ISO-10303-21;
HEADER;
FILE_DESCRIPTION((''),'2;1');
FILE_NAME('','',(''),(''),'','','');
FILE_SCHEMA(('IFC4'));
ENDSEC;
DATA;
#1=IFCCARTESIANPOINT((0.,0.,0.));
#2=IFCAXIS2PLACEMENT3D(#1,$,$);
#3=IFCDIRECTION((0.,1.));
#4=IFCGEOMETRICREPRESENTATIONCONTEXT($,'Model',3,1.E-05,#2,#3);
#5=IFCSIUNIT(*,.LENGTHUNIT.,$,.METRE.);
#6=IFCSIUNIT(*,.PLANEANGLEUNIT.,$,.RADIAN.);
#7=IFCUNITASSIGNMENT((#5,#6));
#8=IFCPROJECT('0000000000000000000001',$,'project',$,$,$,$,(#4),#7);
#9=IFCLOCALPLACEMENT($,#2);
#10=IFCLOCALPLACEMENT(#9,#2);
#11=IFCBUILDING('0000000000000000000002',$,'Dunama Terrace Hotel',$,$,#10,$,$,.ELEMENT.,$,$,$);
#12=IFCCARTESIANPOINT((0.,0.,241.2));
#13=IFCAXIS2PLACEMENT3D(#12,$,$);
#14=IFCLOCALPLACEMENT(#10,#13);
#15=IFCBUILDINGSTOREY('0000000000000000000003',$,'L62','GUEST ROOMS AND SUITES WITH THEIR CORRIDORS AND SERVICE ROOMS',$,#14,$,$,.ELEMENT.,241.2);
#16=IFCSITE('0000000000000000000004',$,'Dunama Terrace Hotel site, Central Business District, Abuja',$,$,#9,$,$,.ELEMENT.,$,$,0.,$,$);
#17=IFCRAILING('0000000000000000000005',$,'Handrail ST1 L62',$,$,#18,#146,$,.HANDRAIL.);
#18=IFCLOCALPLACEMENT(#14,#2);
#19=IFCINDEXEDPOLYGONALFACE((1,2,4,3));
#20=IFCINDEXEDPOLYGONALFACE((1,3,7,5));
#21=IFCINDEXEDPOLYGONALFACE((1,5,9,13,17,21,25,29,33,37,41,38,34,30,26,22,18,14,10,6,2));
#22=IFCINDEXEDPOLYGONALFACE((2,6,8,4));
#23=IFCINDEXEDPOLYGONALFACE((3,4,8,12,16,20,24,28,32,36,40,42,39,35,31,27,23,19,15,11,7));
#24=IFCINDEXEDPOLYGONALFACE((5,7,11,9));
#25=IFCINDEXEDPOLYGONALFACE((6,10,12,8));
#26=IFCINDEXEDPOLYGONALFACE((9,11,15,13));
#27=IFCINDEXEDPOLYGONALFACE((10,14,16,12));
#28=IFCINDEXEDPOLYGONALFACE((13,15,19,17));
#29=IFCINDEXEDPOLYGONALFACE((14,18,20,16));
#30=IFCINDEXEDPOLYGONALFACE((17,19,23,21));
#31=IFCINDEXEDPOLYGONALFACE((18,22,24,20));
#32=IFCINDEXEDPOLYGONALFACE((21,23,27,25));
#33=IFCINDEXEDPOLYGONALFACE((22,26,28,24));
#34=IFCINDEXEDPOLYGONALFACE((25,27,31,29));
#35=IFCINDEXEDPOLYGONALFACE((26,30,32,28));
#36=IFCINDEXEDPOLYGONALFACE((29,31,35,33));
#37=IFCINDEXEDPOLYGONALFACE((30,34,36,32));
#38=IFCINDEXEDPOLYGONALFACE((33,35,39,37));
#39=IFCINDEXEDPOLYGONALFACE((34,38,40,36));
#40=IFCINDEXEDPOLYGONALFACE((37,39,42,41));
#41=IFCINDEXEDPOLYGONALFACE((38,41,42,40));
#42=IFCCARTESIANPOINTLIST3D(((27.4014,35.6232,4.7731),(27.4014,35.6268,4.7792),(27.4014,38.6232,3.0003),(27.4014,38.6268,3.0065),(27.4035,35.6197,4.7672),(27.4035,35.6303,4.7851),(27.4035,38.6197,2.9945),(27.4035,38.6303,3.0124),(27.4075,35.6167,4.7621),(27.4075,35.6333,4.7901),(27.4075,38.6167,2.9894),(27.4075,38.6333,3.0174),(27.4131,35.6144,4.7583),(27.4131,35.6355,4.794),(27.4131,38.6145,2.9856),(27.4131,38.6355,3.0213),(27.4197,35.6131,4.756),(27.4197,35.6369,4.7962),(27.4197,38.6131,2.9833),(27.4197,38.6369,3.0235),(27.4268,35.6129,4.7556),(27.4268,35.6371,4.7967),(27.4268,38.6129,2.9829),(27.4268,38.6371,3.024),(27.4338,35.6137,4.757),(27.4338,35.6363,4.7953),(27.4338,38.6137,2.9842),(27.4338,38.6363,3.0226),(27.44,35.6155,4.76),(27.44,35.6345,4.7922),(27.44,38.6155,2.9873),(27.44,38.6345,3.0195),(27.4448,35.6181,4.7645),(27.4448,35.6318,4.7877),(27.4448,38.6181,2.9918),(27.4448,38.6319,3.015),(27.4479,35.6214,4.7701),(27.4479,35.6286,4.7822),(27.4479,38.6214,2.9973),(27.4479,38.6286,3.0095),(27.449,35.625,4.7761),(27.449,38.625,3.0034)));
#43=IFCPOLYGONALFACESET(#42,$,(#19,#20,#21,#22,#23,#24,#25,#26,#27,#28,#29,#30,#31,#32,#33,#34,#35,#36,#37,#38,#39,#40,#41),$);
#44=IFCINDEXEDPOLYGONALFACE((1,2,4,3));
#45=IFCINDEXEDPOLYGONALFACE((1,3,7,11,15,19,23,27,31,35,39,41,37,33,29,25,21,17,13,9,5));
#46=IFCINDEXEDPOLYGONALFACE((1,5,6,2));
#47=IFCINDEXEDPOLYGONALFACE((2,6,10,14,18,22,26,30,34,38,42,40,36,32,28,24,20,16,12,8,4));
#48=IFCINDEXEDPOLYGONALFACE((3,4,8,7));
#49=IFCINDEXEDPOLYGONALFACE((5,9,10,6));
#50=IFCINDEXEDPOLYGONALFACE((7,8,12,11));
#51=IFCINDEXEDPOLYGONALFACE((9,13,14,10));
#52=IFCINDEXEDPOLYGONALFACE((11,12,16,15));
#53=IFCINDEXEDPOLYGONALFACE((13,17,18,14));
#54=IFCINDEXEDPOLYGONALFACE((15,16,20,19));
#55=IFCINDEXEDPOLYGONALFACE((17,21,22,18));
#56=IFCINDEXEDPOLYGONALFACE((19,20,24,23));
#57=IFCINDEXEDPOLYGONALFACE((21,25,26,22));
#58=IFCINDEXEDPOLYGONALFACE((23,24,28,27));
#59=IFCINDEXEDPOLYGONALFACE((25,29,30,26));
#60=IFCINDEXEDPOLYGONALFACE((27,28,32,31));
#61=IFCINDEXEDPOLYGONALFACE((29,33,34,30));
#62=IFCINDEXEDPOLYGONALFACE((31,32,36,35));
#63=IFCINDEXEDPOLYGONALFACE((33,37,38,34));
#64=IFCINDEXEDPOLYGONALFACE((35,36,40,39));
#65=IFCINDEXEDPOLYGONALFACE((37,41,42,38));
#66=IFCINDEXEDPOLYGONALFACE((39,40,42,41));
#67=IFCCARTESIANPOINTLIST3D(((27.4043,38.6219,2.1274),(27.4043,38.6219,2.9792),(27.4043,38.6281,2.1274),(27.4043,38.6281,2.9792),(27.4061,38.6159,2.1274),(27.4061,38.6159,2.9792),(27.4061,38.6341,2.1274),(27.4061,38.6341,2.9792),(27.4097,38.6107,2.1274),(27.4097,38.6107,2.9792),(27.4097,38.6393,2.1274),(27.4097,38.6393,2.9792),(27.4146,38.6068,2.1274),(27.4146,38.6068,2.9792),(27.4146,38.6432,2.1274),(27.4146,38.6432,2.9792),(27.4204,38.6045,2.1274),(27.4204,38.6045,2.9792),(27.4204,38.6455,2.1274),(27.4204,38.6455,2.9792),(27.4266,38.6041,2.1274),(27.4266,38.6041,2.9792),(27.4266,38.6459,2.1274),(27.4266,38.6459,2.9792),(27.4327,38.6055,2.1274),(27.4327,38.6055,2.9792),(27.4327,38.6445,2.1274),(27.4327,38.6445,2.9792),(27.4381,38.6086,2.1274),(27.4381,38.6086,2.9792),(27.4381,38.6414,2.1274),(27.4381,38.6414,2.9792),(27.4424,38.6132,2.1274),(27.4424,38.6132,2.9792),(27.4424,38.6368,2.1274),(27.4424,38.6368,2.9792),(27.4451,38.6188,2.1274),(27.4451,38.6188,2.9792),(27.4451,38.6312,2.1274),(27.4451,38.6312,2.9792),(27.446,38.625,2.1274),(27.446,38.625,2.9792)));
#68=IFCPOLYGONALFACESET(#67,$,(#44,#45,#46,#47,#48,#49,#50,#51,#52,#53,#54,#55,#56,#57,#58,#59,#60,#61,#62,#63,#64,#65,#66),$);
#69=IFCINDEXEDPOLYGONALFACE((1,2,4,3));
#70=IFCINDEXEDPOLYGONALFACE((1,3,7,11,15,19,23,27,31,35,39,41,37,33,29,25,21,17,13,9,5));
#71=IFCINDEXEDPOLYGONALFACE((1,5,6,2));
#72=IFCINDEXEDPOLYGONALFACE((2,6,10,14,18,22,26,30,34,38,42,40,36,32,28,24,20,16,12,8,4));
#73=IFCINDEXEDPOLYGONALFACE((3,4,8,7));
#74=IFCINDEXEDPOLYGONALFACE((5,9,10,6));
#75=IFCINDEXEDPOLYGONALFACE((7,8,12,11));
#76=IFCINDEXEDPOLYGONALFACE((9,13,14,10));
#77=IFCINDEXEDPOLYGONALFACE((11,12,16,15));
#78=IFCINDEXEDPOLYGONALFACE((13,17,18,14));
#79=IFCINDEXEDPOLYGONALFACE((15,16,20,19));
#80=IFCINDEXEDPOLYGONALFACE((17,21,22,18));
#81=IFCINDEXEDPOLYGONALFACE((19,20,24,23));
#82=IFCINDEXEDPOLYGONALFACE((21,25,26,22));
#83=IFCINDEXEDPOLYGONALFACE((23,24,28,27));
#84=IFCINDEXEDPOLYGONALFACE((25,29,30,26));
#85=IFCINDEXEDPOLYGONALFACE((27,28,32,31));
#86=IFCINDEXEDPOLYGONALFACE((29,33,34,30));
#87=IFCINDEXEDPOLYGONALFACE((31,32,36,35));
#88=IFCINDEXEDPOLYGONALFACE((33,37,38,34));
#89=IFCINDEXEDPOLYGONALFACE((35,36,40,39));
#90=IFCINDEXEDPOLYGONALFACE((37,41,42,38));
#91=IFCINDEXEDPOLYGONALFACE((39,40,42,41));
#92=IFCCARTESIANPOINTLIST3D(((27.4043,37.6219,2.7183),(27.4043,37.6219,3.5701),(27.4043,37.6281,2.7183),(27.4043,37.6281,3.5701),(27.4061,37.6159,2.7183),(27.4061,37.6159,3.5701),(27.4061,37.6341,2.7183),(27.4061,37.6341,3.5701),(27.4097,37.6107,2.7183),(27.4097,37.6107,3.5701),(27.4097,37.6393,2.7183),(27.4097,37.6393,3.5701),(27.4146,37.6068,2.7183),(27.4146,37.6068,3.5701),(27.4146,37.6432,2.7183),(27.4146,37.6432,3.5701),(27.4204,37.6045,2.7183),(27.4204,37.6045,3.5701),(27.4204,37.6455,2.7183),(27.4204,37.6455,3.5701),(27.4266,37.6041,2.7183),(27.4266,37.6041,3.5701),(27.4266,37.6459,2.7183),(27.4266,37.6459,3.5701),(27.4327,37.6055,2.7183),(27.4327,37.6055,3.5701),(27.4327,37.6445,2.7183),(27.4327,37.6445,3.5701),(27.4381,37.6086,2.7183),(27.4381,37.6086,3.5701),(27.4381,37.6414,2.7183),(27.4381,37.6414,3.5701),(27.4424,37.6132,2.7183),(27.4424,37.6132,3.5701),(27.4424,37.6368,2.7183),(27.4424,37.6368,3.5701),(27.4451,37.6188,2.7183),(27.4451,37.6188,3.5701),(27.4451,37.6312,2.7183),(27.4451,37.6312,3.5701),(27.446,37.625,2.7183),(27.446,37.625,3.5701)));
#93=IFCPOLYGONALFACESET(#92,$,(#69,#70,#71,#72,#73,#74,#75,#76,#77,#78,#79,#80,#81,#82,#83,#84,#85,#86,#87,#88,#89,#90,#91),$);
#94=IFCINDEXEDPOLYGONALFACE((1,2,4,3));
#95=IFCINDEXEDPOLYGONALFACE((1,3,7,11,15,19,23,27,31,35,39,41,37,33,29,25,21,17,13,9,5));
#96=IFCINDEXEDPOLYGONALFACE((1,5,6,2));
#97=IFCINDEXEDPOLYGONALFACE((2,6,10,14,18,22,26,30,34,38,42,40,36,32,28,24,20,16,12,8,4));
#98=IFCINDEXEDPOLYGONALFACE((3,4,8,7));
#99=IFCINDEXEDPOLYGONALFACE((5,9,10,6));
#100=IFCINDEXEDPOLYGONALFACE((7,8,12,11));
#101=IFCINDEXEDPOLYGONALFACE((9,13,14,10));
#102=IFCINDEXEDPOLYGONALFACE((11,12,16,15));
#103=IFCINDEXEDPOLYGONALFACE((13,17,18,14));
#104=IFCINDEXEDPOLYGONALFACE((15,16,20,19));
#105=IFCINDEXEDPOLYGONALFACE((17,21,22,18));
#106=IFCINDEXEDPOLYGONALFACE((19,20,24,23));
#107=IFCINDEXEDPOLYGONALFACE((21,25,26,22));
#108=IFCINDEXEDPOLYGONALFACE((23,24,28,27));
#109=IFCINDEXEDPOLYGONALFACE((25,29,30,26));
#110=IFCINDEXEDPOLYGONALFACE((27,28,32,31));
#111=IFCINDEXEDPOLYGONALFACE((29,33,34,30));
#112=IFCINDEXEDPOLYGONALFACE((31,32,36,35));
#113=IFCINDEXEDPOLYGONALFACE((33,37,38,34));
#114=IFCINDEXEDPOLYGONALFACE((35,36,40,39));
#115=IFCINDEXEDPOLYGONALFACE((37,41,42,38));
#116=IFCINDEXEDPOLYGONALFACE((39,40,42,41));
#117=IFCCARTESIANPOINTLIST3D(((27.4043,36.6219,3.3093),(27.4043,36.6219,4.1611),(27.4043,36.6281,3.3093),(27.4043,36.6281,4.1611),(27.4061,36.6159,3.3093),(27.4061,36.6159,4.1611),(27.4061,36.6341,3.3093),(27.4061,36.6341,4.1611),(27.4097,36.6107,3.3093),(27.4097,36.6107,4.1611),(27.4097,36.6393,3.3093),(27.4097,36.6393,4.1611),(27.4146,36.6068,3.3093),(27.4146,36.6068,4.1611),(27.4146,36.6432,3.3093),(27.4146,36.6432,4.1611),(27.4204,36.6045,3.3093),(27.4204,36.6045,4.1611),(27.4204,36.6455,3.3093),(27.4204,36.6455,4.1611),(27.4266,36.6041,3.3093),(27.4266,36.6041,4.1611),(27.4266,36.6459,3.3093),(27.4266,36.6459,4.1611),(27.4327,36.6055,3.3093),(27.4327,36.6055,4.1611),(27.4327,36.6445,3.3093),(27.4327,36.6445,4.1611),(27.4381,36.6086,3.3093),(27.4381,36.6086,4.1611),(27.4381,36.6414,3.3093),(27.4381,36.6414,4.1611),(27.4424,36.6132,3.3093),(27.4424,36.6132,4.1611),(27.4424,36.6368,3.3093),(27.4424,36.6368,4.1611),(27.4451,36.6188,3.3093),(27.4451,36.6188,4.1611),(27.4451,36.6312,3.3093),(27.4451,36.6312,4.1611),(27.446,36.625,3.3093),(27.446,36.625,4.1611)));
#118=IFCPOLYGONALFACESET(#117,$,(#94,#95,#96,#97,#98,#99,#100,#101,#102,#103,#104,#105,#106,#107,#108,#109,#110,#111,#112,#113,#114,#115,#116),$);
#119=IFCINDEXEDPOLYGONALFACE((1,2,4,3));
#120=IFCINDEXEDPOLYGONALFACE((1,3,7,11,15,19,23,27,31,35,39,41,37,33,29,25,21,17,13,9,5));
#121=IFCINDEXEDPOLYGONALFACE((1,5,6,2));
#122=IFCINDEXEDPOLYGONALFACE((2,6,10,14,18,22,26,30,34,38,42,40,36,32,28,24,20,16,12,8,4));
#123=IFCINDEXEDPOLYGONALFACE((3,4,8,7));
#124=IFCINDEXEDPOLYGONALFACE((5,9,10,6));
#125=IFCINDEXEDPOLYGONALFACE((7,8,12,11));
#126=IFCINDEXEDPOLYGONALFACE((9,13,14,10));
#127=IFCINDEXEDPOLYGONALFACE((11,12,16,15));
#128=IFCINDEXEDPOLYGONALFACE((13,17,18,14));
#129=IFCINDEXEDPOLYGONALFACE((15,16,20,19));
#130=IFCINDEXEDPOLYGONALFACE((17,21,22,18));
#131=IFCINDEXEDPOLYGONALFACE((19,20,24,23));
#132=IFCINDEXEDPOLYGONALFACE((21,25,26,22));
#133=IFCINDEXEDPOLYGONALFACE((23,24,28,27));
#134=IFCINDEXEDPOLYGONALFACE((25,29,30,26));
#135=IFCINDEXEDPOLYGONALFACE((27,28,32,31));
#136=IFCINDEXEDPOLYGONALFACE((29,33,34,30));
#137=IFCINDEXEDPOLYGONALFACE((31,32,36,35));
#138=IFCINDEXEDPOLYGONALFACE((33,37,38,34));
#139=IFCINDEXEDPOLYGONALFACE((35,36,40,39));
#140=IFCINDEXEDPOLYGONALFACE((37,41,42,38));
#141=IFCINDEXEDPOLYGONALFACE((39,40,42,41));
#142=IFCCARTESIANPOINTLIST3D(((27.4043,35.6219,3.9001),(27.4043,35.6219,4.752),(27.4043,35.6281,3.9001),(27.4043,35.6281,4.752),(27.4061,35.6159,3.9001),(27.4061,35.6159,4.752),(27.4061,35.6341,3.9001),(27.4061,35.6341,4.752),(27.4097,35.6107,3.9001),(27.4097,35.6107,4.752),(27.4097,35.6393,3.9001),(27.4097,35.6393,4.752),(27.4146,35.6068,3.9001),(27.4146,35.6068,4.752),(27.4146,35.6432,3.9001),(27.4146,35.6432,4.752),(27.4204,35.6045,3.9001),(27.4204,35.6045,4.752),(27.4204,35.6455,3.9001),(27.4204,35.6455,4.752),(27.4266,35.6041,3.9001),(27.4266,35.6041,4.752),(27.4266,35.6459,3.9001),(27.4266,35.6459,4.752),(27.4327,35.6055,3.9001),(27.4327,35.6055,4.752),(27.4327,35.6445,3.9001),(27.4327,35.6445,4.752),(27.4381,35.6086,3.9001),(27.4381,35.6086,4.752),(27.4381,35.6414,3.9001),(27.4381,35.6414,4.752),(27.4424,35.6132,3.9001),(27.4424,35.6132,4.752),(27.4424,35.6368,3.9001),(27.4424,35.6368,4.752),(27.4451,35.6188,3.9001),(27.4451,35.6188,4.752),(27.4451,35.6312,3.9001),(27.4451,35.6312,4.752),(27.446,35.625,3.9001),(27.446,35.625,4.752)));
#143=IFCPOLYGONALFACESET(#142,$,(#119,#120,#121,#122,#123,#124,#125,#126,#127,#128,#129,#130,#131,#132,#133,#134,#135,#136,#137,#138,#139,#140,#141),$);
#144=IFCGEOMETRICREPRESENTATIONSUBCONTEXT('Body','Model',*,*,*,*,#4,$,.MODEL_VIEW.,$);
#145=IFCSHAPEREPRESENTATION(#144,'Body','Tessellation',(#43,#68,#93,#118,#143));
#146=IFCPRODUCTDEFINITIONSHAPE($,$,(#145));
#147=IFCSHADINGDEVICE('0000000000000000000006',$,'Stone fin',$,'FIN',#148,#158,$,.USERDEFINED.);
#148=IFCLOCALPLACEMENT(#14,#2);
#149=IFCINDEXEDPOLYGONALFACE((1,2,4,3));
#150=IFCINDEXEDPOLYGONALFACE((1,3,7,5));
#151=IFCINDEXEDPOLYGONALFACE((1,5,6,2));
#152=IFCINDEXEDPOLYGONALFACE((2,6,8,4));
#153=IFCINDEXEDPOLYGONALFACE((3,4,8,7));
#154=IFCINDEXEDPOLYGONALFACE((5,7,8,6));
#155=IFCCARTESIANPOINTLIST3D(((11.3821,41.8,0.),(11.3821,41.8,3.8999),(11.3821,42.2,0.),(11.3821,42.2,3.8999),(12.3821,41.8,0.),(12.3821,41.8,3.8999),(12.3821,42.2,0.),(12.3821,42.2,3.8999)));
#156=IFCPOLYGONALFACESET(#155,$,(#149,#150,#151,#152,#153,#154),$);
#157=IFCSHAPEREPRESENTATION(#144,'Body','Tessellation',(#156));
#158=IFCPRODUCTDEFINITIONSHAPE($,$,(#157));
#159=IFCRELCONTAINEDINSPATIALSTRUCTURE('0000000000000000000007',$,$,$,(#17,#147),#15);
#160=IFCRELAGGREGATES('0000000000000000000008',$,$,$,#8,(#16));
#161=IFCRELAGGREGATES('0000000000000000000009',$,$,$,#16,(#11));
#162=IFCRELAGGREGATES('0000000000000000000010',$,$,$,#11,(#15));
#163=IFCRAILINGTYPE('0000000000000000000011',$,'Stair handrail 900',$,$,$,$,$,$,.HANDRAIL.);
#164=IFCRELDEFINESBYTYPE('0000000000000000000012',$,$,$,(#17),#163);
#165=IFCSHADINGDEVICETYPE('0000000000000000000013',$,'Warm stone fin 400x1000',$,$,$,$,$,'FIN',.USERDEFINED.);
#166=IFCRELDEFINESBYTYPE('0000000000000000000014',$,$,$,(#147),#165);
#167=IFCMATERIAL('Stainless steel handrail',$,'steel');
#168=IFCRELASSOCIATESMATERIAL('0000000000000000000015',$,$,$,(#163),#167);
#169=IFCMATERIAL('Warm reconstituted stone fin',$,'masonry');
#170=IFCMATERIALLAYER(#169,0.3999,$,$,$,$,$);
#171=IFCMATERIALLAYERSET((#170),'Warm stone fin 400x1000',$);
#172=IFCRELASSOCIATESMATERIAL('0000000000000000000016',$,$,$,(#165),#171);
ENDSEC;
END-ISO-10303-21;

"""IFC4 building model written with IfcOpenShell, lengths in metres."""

from ifc_helpers import new_model, si_unit, direction, frame, origin, origin_2d, place, context, subcontext, project, spatial, rectangle, circle, extrude, material, layer, layer_set, type_object, element, save


model = new_model("IFC4")

# Units and contexts
model_context = context("Model", 3, precision=1e-05, world=origin(), true_north=direction((0.0, 1.0)))
body_context = subcontext(model_context, "Body", "Model", "MODEL_VIEW")
ifc_project = project(units=[si_unit("LENGTHUNIT", "METRE"), si_unit("PLANEANGLEUNIT", "RADIAN")], contexts=[model_context])

# Site, building, storey
site_placement = place(None, origin())
site = spatial("IfcSite", under=ifc_project, at=site_placement, Name="Dunama Terrace Hotel site, Central Business District, Abuja", CompositionType="ELEMENT", RefElevation=0.0)
building_placement = place(site_placement, origin())
building = spatial("IfcBuilding", under=site, at=building_placement, Name="Dunama Terrace Hotel", CompositionType="ELEMENT")
storey_placement = place(building_placement, frame((0.0, 0.0, 241.2)))
storey = spatial("IfcBuildingStorey", under=building, at=storey_placement, Name="L62", Description="GUEST ROOMS AND SUITES WITH THEIR CORRIDORS AND SERVICE ROOMS", CompositionType="ELEMENT", Elevation=241.2)

# Railing
ifc_material_1 = material(Name="Stainless steel handrail", Category="steel")
railing_type = type_object("IfcRailingType", Name="Stair handrail 900", PredefinedType="HANDRAIL", material=ifc_material_1)
railing_1_placement = place(storey_placement, frame((27.425, 38.625, 2.1274)))
element("IfcRailing", 1, at=railing_1_placement, inside=storey, type_object=railing_type, Name="Handrail ST1 L62", PredefinedType="HANDRAIL", context=body_context, shape_type="SweptSolid", body=[
    extrude(circle(Radius=0.0239, at=origin_2d()), frame((0.0, 0.0, 0.876), z_axis=(0.0, -0.860929, 0.508725), x_axis=(1.0, 0.0, 0.0)), (0.0, 0.0, 1.0), 3.4846),
    extrude(circle(Radius=0.021, at=origin_2d()), origin(), (0.0, 0.0, 1.0), 0.8518),
    extrude(circle(Radius=0.021, at=origin_2d()), frame((0.0, -1.0, 0.5908)), (0.0, 0.0, 1.0), 0.8518),
    extrude(circle(Radius=0.021, at=origin_2d()), frame((0.0, -2.0, 1.1819)), (0.0, 0.0, 1.0), 0.8518),
    extrude(circle(Radius=0.021, at=origin_2d()), frame((0.0, -3.0, 1.7727)), (0.0, 0.0, 1.0), 0.8518),
])

# Shading device
ifc_material_2 = material(Name="Warm reconstituted stone fin", Category="masonry")
ifc_layer_1 = layer(ifc_material_2, 0.3999)
ifc_layer_set_1 = layer_set([ifc_layer_1], Name="Warm stone fin 400x1000")
shading_device_type = type_object("IfcShadingDeviceType", Name="Warm stone fin 400x1000", ElementType="FIN", PredefinedType="USERDEFINED", material=ifc_layer_set_1)
shading_device_placement = place(storey_placement, frame((11.8821, 42.0, 0.0), z_axis=(0.0, 0.0, 1.0), x_axis=(0.0, -1.0, 0.0)))
element("IfcShadingDevice", 2, at=shading_device_placement, inside=storey, type_object=shading_device_type, Name="Stone fin", ObjectType="FIN", PredefinedType="USERDEFINED", context=body_context, shape_type="SweptSolid", body=[
    extrude(rectangle(XDim=0.3999, YDim=1.0, at=origin_2d()), origin(), (0.0, 0.0, 1.0), 3.8999),
])

save(model, "model.ifc")
